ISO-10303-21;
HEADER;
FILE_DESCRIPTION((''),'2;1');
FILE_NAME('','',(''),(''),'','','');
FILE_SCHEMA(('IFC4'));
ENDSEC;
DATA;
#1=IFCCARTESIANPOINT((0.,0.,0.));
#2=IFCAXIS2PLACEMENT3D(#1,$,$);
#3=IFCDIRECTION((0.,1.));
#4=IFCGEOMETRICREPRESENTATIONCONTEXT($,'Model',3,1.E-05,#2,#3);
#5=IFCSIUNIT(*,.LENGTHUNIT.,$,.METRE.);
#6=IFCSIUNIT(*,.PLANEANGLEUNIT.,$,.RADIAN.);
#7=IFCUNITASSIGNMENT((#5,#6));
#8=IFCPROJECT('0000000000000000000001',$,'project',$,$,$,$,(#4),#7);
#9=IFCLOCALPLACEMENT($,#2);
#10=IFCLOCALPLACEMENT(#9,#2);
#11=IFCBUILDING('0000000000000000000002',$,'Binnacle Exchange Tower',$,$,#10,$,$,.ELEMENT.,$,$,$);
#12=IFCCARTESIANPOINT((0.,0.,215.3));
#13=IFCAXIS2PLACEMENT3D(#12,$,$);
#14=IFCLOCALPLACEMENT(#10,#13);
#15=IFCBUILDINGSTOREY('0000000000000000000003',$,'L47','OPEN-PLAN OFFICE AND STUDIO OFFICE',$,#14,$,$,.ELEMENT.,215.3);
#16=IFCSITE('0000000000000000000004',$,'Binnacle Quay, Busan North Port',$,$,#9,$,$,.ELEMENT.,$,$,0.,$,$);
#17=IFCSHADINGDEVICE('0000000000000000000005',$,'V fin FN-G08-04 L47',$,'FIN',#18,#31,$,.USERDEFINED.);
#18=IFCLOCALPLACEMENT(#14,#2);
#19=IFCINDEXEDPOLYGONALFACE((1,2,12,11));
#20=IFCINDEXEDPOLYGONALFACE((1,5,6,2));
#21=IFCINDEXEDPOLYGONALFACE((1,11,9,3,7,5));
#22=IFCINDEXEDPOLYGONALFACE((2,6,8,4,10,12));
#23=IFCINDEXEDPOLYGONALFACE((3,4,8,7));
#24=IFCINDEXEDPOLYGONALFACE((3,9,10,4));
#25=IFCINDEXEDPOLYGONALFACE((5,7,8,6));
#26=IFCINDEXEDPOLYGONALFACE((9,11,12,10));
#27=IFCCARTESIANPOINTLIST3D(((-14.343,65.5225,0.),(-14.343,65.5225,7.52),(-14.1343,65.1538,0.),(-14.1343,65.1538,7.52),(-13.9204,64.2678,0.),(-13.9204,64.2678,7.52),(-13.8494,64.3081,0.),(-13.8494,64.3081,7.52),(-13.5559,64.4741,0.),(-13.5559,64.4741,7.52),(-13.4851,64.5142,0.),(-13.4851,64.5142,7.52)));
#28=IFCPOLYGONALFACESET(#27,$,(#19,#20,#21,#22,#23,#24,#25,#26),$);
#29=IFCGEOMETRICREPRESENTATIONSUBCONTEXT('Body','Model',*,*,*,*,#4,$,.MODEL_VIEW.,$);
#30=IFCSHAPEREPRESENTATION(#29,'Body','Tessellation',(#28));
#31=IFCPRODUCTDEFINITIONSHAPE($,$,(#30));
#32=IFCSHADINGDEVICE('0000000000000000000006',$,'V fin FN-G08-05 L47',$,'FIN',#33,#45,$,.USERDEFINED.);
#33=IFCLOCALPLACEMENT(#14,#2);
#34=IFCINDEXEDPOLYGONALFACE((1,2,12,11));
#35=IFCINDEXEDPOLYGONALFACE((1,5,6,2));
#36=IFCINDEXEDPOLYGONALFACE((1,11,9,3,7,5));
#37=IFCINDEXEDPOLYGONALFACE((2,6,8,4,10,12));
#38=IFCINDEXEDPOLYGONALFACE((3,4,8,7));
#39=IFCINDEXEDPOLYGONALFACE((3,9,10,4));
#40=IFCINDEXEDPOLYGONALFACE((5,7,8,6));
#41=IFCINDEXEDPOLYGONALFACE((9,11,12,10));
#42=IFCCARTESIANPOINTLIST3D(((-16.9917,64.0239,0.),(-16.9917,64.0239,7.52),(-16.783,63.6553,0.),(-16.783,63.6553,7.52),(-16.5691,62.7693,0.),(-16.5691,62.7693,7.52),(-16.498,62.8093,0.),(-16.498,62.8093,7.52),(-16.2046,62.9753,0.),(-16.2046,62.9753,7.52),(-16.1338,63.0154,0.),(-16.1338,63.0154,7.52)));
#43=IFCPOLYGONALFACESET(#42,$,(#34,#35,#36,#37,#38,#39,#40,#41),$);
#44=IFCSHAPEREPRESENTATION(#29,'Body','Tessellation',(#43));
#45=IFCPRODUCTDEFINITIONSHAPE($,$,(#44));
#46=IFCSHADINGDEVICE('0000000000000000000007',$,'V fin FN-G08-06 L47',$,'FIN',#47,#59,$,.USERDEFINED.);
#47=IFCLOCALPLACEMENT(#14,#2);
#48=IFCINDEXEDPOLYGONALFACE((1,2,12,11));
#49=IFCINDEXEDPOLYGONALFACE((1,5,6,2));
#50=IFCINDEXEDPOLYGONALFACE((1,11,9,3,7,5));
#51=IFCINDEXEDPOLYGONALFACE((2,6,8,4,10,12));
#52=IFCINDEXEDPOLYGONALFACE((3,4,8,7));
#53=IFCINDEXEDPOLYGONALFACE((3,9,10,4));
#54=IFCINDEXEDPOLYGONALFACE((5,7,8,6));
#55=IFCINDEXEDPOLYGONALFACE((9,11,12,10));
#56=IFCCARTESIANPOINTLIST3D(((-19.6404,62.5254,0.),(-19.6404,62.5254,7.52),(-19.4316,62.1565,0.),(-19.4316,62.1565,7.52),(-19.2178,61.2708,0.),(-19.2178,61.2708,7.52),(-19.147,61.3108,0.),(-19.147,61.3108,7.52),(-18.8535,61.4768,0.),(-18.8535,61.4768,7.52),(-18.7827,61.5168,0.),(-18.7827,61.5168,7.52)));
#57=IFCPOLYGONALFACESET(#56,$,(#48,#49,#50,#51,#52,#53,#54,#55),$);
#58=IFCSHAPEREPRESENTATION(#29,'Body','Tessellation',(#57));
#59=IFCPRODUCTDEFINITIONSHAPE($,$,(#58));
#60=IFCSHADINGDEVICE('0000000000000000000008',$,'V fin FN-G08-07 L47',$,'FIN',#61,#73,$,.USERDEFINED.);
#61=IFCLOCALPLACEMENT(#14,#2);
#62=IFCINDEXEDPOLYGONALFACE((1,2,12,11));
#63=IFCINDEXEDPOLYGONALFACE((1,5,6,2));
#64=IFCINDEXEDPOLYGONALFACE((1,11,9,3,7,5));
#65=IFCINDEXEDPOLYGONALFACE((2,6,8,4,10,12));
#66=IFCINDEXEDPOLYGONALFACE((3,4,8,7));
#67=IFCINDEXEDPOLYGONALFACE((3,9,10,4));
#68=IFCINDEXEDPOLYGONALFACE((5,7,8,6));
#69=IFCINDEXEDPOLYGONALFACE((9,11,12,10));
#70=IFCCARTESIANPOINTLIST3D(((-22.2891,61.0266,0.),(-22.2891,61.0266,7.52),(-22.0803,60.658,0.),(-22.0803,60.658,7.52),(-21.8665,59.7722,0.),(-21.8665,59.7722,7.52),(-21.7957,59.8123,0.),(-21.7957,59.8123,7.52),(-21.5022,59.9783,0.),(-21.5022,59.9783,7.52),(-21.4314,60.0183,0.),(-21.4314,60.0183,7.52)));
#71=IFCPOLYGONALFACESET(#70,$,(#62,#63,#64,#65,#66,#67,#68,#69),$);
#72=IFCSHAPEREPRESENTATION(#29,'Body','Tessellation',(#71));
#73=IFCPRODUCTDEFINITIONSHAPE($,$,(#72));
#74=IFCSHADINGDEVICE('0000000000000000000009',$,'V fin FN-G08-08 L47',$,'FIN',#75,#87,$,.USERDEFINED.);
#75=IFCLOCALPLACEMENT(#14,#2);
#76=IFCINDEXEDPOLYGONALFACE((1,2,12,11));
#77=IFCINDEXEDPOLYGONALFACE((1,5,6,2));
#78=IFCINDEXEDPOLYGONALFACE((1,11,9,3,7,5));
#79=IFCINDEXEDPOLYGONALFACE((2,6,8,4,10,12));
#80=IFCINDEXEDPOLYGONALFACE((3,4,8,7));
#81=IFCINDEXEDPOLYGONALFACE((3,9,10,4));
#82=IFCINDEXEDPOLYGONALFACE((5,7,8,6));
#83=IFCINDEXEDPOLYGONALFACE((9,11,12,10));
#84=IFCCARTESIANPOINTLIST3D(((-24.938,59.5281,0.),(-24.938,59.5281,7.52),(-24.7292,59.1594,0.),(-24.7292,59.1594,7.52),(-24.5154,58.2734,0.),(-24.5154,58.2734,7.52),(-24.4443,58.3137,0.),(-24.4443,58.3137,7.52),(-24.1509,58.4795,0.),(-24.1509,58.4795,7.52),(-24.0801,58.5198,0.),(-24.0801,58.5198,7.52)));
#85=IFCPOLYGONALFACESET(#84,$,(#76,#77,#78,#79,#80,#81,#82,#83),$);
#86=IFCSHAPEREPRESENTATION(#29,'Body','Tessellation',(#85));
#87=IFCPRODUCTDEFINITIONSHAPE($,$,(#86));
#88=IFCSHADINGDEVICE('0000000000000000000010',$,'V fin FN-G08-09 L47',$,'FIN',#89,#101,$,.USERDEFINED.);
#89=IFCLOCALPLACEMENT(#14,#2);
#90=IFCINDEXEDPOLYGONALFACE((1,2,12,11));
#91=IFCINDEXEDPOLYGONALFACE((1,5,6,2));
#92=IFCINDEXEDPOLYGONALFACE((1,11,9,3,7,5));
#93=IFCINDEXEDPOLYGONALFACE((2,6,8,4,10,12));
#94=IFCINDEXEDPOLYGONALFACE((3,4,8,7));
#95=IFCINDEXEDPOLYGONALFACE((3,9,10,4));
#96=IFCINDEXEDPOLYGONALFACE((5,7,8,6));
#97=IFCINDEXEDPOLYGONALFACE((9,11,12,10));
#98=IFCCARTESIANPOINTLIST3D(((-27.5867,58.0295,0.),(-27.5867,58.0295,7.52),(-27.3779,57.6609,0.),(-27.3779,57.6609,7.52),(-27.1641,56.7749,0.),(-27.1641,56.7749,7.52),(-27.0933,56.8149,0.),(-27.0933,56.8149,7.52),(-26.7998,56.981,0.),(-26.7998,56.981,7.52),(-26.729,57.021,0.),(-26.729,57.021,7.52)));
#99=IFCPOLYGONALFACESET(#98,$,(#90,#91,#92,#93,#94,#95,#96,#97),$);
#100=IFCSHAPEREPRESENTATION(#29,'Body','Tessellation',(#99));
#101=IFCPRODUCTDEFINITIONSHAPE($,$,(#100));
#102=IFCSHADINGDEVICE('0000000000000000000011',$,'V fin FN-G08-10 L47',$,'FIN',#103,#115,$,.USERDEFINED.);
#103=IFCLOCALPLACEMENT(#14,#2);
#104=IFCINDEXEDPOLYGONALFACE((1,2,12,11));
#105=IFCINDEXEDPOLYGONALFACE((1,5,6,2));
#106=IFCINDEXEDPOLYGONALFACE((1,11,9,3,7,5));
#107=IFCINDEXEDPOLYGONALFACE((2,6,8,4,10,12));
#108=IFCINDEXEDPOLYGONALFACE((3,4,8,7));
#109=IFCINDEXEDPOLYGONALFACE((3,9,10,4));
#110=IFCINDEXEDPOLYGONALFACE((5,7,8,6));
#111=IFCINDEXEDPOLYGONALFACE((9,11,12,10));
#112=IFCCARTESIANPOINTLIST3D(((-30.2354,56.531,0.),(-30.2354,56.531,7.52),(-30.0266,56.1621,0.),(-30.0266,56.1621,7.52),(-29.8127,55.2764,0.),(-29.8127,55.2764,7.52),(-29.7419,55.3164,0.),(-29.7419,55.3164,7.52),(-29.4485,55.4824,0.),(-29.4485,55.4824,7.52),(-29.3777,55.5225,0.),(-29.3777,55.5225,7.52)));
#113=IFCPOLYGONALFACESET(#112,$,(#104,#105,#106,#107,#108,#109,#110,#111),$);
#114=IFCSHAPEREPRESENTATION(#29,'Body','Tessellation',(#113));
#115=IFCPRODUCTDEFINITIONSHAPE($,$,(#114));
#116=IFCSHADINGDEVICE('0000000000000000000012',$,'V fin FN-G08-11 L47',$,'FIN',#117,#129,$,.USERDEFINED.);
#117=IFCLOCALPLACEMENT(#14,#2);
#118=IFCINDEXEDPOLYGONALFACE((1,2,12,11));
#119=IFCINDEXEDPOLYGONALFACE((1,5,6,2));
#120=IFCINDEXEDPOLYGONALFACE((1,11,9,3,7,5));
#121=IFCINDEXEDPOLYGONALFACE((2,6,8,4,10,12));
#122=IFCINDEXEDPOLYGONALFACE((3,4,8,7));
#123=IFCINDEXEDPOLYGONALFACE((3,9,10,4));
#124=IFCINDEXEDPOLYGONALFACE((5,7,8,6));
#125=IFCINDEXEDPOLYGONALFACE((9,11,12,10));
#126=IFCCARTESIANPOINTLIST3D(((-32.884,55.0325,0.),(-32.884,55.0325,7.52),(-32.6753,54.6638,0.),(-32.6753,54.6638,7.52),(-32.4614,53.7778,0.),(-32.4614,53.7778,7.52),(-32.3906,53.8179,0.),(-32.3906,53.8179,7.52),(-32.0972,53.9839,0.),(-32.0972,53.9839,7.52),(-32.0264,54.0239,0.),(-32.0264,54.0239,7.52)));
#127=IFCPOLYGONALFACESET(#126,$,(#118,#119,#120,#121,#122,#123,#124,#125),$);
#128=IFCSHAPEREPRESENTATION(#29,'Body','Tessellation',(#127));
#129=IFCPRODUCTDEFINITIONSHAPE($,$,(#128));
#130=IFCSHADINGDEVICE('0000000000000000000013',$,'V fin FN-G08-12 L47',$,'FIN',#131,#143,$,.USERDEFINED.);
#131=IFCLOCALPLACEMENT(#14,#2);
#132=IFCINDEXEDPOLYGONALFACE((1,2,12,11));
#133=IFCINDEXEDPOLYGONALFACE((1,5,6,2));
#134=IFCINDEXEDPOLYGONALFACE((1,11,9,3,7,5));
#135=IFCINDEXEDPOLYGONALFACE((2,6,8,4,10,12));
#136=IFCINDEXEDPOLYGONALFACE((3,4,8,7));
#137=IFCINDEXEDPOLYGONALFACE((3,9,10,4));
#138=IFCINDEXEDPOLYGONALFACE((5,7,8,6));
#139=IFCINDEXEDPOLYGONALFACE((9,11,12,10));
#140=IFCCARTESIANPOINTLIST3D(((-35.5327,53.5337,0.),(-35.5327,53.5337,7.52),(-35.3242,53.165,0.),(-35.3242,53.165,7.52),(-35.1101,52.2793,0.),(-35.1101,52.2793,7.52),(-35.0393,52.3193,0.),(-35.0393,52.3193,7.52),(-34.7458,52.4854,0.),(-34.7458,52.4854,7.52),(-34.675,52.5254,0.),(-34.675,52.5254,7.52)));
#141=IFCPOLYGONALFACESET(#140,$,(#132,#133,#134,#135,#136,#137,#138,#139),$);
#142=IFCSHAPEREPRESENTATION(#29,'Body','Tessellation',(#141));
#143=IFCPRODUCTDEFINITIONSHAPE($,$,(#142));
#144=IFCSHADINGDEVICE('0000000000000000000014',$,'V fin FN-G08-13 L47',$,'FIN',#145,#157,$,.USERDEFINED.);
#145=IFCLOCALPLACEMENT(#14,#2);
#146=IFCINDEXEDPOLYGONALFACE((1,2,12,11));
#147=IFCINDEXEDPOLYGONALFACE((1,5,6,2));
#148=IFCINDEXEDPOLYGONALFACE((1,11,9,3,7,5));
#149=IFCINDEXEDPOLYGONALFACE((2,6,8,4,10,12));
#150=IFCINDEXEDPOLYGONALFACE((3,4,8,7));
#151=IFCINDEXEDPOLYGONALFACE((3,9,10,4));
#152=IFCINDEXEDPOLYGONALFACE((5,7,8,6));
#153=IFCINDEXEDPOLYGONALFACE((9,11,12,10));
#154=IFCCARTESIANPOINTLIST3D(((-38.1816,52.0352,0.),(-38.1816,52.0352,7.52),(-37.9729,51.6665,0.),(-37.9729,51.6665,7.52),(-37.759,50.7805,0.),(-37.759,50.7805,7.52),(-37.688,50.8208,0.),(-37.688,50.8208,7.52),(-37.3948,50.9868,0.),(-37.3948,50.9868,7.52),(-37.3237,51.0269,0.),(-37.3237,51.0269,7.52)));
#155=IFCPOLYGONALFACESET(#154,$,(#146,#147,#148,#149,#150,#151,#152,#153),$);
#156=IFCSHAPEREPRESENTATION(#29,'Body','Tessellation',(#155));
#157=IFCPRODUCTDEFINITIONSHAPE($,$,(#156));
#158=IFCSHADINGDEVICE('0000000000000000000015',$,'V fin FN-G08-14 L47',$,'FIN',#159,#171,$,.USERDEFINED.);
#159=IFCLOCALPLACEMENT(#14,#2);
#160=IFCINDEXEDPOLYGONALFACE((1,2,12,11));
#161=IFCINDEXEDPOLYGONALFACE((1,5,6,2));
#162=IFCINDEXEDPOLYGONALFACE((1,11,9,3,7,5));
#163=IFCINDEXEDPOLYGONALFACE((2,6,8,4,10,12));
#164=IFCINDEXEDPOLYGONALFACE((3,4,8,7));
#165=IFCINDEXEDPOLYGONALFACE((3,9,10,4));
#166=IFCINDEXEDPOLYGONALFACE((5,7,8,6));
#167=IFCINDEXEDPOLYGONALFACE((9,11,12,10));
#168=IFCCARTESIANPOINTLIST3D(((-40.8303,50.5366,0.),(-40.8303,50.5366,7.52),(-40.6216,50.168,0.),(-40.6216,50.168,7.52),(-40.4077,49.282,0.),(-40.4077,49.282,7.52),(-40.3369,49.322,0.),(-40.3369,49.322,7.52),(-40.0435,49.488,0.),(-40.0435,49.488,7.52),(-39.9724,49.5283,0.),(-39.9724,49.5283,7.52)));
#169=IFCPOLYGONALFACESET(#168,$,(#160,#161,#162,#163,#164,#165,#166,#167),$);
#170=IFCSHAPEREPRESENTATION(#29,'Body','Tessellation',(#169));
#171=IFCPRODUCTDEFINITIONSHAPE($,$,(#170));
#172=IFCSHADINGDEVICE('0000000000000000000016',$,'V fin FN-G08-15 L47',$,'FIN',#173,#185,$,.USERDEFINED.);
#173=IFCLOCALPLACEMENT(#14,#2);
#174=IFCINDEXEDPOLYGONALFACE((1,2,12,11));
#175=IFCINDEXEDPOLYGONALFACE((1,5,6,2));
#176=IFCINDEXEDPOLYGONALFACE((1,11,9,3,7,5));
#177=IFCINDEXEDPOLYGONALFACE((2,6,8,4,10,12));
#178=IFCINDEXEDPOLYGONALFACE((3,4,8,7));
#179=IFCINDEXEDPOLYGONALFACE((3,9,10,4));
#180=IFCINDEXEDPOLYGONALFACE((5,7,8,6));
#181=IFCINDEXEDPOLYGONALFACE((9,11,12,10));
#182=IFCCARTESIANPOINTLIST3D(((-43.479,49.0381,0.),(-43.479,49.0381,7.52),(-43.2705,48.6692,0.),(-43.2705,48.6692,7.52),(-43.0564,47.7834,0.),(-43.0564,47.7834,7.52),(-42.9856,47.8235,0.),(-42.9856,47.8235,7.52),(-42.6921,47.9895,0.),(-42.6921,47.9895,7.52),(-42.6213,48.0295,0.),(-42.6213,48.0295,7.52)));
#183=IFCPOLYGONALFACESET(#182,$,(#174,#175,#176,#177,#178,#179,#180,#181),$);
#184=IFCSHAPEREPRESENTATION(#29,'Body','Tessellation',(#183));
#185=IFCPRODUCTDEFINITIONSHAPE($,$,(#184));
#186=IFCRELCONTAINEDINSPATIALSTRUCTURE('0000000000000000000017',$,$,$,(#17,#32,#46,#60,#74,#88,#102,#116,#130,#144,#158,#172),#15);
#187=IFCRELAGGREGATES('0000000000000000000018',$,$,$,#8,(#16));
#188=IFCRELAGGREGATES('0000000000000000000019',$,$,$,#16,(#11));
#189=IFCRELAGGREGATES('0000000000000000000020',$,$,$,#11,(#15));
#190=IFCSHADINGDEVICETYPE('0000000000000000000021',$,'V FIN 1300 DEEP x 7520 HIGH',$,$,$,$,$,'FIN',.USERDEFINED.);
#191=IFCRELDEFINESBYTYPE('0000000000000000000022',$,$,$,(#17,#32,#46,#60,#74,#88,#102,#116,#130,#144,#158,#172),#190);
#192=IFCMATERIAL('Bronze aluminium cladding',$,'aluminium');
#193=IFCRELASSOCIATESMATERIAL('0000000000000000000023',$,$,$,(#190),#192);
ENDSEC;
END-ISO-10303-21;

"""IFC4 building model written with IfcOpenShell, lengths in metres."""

from ifc_helpers import new_model, si_unit, direction, frame, origin, place, context, subcontext, project, spatial, polyline, outline, extrude, material, type_object, element, save


model = new_model("IFC4")

# Units and contexts
model_context = context("Model", 3, precision=1e-05, world=origin(), true_north=direction((0.0, 1.0)))
body_context = subcontext(model_context, "Body", "Model", "MODEL_VIEW")
ifc_project = project(units=[si_unit("LENGTHUNIT", "METRE"), si_unit("PLANEANGLEUNIT", "RADIAN")], contexts=[model_context])

# Site, building, storey
site_placement = place(None, origin())
site = spatial("IfcSite", under=ifc_project, at=site_placement, Name="Binnacle Quay, Busan North Port", CompositionType="ELEMENT", RefElevation=0.0)
building_placement = place(site_placement, origin())
building = spatial("IfcBuilding", under=site, at=building_placement, Name="Binnacle Exchange Tower", CompositionType="ELEMENT")
storey_placement = place(building_placement, frame((0.0, 0.0, 215.3)))
storey = spatial("IfcBuildingStorey", under=building, at=storey_placement, Name="L47", Description="OPEN-PLAN OFFICE AND STUDIO OFFICE", CompositionType="ELEMENT", Elevation=215.3)

# Shading devices
ifc_material_1 = material(Name="Bronze aluminium cladding", Category="aluminium")
shading_device_type = type_object("IfcShadingDeviceType", Name="V FIN 1300 DEEP x 7520 HIGH", ElementType="FIN", PredefinedType="USERDEFINED", material=ifc_material_1)
shading_device_1_placement = place(storey_placement, origin())
element("IfcShadingDevice", 1, at=shading_device_1_placement, inside=storey, type_object=shading_device_type, Name="V fin FN-G08-04 L47", ObjectType="FIN", PredefinedType="USERDEFINED", context=body_context, shape_type="SweptSolid", body=[
    extrude(outline(polyline([(-13.4851, 64.5142), (-14.343, 65.5225), (-13.9204, 64.2678), (-13.8494, 64.3081), (-14.1343, 65.1538), (-13.5559, 64.4741), (-13.4851, 64.5142)])), origin(), (0.0, 0.0, 1.0), 7.52),
])
shading_device_2_placement = place(storey_placement, origin())
element("IfcShadingDevice", 2, at=shading_device_2_placement, inside=storey, type_object=shading_device_type, Name="V fin FN-G08-05 L47", ObjectType="FIN", PredefinedType="USERDEFINED", context=body_context, shape_type="SweptSolid", body=[
    extrude(outline(polyline([(-16.1338, 63.0154), (-16.9917, 64.0239), (-16.5691, 62.7693), (-16.498, 62.8093), (-16.783, 63.6553), (-16.2046, 62.9753), (-16.1338, 63.0154)])), origin(), (0.0, 0.0, 1.0), 7.52),
])
shading_device_3_placement = place(storey_placement, origin())
element("IfcShadingDevice", 3, at=shading_device_3_placement, inside=storey, type_object=shading_device_type, Name="V fin FN-G08-06 L47", ObjectType="FIN", PredefinedType="USERDEFINED", context=body_context, shape_type="SweptSolid", body=[
    extrude(outline(polyline([(-18.7827, 61.5168), (-19.6404, 62.5254), (-19.2178, 61.2708), (-19.147, 61.3108), (-19.4316, 62.1565), (-18.8535, 61.4768), (-18.7827, 61.5168)])), origin(), (0.0, 0.0, 1.0), 7.52),
])
shading_device_4_placement = place(storey_placement, origin())
element("IfcShadingDevice", 4, at=shading_device_4_placement, inside=storey, type_object=shading_device_type, Name="V fin FN-G08-07 L47", ObjectType="FIN", PredefinedType="USERDEFINED", context=body_context, shape_type="SweptSolid", body=[
    extrude(outline(polyline([(-21.4314, 60.0183), (-22.2891, 61.0266), (-21.8665, 59.7722), (-21.7957, 59.8123), (-22.0803, 60.658), (-21.5022, 59.9783), (-21.4314, 60.0183)])), origin(), (0.0, 0.0, 1.0), 7.52),
])
shading_device_5_placement = place(storey_placement, origin())
element("IfcShadingDevice", 5, at=shading_device_5_placement, inside=storey, type_object=shading_device_type, Name="V fin FN-G08-08 L47", ObjectType="FIN", PredefinedType="USERDEFINED", context=body_context, shape_type="SweptSolid", body=[
    extrude(outline(polyline([(-24.0801, 58.5198), (-24.938, 59.5281), (-24.5154, 58.2734), (-24.4443, 58.3137), (-24.7292, 59.1594), (-24.1509, 58.4795), (-24.0801, 58.5198)])), origin(), (0.0, 0.0, 1.0), 7.52),
])
shading_device_6_placement = place(storey_placement, origin())
element("IfcShadingDevice", 6, at=shading_device_6_placement, inside=storey, type_object=shading_device_type, Name="V fin FN-G08-09 L47", ObjectType="FIN", PredefinedType="USERDEFINED", context=body_context, shape_type="SweptSolid", body=[
    extrude(outline(polyline([(-26.729, 57.021), (-27.5867, 58.0295), (-27.1641, 56.7749), (-27.0933, 56.8149), (-27.3779, 57.6609), (-26.7998, 56.981), (-26.729, 57.021)])), origin(), (0.0, 0.0, 1.0), 7.52),
])
shading_device_7_placement = place(storey_placement, origin())
element("IfcShadingDevice", 7, at=shading_device_7_placement, inside=storey, type_object=shading_device_type, Name="V fin FN-G08-10 L47", ObjectType="FIN", PredefinedType="USERDEFINED", context=body_context, shape_type="SweptSolid", body=[
    extrude(outline(polyline([(-29.3777, 55.5225), (-30.2354, 56.531), (-29.8127, 55.2764), (-29.7419, 55.3164), (-30.0266, 56.1621), (-29.4485, 55.4824), (-29.3777, 55.5225)])), origin(), (0.0, 0.0, 1.0), 7.52),
])
shading_device_8_placement = place(storey_placement, origin())
element("IfcShadingDevice", 8, at=shading_device_8_placement, inside=storey, type_object=shading_device_type, Name="V fin FN-G08-11 L47", ObjectType="FIN", PredefinedType="USERDEFINED", context=body_context, shape_type="SweptSolid", body=[
    extrude(outline(polyline([(-32.0264, 54.0239), (-32.884, 55.0325), (-32.4614, 53.7778), (-32.3906, 53.8179), (-32.6753, 54.6638), (-32.0972, 53.9839), (-32.0264, 54.0239)])), origin(), (0.0, 0.0, 1.0), 7.52),
])
shading_device_9_placement = place(storey_placement, origin())
element("IfcShadingDevice", 9, at=shading_device_9_placement, inside=storey, type_object=shading_device_type, Name="V fin FN-G08-12 L47", ObjectType="FIN", PredefinedType="USERDEFINED", context=body_context, shape_type="SweptSolid", body=[
    extrude(outline(polyline([(-34.675, 52.5254), (-35.5327, 53.5337), (-35.1101, 52.2793), (-35.0393, 52.3193), (-35.3242, 53.165), (-34.7458, 52.4854), (-34.675, 52.5254)])), origin(), (0.0, 0.0, 1.0), 7.52),
])
shading_device_10_placement = place(storey_placement, origin())
element("IfcShadingDevice", 10, at=shading_device_10_placement, inside=storey, type_object=shading_device_type, Name="V fin FN-G08-13 L47", ObjectType="FIN", PredefinedType="USERDEFINED", context=body_context, shape_type="SweptSolid", body=[
    extrude(outline(polyline([(-37.3237, 51.0269), (-38.1816, 52.0352), (-37.759, 50.7805), (-37.688, 50.8208), (-37.9729, 51.6665), (-37.3948, 50.9868), (-37.3237, 51.0269)])), origin(), (0.0, 0.0, 1.0), 7.52),
])
shading_device_11_placement = place(storey_placement, origin())
element("IfcShadingDevice", 11, at=shading_device_11_placement, inside=storey, type_object=shading_device_type, Name="V fin FN-G08-14 L47", ObjectType="FIN", PredefinedType="USERDEFINED", context=body_context, shape_type="SweptSolid", body=[
    extrude(outline(polyline([(-39.9724, 49.5283), (-40.8303, 50.5366), (-40.4077, 49.282), (-40.3369, 49.322), (-40.6216, 50.168), (-40.0435, 49.488), (-39.9724, 49.5283)])), origin(), (0.0, 0.0, 1.0), 7.52),
])
shading_device_12_placement = place(storey_placement, origin())
element("IfcShadingDevice", 12, at=shading_device_12_placement, inside=storey, type_object=shading_device_type, Name="V fin FN-G08-15 L47", ObjectType="FIN", PredefinedType="USERDEFINED", context=body_context, shape_type="SweptSolid", body=[
    extrude(outline(polyline([(-42.6213, 48.0295), (-43.479, 49.0381), (-43.0564, 47.7834), (-42.9856, 47.8235), (-43.2705, 48.6692), (-42.6921, 47.9895), (-42.6213, 48.0295)])), origin(), (0.0, 0.0, 1.0), 7.52),
])

save(model, "model.ifc")
